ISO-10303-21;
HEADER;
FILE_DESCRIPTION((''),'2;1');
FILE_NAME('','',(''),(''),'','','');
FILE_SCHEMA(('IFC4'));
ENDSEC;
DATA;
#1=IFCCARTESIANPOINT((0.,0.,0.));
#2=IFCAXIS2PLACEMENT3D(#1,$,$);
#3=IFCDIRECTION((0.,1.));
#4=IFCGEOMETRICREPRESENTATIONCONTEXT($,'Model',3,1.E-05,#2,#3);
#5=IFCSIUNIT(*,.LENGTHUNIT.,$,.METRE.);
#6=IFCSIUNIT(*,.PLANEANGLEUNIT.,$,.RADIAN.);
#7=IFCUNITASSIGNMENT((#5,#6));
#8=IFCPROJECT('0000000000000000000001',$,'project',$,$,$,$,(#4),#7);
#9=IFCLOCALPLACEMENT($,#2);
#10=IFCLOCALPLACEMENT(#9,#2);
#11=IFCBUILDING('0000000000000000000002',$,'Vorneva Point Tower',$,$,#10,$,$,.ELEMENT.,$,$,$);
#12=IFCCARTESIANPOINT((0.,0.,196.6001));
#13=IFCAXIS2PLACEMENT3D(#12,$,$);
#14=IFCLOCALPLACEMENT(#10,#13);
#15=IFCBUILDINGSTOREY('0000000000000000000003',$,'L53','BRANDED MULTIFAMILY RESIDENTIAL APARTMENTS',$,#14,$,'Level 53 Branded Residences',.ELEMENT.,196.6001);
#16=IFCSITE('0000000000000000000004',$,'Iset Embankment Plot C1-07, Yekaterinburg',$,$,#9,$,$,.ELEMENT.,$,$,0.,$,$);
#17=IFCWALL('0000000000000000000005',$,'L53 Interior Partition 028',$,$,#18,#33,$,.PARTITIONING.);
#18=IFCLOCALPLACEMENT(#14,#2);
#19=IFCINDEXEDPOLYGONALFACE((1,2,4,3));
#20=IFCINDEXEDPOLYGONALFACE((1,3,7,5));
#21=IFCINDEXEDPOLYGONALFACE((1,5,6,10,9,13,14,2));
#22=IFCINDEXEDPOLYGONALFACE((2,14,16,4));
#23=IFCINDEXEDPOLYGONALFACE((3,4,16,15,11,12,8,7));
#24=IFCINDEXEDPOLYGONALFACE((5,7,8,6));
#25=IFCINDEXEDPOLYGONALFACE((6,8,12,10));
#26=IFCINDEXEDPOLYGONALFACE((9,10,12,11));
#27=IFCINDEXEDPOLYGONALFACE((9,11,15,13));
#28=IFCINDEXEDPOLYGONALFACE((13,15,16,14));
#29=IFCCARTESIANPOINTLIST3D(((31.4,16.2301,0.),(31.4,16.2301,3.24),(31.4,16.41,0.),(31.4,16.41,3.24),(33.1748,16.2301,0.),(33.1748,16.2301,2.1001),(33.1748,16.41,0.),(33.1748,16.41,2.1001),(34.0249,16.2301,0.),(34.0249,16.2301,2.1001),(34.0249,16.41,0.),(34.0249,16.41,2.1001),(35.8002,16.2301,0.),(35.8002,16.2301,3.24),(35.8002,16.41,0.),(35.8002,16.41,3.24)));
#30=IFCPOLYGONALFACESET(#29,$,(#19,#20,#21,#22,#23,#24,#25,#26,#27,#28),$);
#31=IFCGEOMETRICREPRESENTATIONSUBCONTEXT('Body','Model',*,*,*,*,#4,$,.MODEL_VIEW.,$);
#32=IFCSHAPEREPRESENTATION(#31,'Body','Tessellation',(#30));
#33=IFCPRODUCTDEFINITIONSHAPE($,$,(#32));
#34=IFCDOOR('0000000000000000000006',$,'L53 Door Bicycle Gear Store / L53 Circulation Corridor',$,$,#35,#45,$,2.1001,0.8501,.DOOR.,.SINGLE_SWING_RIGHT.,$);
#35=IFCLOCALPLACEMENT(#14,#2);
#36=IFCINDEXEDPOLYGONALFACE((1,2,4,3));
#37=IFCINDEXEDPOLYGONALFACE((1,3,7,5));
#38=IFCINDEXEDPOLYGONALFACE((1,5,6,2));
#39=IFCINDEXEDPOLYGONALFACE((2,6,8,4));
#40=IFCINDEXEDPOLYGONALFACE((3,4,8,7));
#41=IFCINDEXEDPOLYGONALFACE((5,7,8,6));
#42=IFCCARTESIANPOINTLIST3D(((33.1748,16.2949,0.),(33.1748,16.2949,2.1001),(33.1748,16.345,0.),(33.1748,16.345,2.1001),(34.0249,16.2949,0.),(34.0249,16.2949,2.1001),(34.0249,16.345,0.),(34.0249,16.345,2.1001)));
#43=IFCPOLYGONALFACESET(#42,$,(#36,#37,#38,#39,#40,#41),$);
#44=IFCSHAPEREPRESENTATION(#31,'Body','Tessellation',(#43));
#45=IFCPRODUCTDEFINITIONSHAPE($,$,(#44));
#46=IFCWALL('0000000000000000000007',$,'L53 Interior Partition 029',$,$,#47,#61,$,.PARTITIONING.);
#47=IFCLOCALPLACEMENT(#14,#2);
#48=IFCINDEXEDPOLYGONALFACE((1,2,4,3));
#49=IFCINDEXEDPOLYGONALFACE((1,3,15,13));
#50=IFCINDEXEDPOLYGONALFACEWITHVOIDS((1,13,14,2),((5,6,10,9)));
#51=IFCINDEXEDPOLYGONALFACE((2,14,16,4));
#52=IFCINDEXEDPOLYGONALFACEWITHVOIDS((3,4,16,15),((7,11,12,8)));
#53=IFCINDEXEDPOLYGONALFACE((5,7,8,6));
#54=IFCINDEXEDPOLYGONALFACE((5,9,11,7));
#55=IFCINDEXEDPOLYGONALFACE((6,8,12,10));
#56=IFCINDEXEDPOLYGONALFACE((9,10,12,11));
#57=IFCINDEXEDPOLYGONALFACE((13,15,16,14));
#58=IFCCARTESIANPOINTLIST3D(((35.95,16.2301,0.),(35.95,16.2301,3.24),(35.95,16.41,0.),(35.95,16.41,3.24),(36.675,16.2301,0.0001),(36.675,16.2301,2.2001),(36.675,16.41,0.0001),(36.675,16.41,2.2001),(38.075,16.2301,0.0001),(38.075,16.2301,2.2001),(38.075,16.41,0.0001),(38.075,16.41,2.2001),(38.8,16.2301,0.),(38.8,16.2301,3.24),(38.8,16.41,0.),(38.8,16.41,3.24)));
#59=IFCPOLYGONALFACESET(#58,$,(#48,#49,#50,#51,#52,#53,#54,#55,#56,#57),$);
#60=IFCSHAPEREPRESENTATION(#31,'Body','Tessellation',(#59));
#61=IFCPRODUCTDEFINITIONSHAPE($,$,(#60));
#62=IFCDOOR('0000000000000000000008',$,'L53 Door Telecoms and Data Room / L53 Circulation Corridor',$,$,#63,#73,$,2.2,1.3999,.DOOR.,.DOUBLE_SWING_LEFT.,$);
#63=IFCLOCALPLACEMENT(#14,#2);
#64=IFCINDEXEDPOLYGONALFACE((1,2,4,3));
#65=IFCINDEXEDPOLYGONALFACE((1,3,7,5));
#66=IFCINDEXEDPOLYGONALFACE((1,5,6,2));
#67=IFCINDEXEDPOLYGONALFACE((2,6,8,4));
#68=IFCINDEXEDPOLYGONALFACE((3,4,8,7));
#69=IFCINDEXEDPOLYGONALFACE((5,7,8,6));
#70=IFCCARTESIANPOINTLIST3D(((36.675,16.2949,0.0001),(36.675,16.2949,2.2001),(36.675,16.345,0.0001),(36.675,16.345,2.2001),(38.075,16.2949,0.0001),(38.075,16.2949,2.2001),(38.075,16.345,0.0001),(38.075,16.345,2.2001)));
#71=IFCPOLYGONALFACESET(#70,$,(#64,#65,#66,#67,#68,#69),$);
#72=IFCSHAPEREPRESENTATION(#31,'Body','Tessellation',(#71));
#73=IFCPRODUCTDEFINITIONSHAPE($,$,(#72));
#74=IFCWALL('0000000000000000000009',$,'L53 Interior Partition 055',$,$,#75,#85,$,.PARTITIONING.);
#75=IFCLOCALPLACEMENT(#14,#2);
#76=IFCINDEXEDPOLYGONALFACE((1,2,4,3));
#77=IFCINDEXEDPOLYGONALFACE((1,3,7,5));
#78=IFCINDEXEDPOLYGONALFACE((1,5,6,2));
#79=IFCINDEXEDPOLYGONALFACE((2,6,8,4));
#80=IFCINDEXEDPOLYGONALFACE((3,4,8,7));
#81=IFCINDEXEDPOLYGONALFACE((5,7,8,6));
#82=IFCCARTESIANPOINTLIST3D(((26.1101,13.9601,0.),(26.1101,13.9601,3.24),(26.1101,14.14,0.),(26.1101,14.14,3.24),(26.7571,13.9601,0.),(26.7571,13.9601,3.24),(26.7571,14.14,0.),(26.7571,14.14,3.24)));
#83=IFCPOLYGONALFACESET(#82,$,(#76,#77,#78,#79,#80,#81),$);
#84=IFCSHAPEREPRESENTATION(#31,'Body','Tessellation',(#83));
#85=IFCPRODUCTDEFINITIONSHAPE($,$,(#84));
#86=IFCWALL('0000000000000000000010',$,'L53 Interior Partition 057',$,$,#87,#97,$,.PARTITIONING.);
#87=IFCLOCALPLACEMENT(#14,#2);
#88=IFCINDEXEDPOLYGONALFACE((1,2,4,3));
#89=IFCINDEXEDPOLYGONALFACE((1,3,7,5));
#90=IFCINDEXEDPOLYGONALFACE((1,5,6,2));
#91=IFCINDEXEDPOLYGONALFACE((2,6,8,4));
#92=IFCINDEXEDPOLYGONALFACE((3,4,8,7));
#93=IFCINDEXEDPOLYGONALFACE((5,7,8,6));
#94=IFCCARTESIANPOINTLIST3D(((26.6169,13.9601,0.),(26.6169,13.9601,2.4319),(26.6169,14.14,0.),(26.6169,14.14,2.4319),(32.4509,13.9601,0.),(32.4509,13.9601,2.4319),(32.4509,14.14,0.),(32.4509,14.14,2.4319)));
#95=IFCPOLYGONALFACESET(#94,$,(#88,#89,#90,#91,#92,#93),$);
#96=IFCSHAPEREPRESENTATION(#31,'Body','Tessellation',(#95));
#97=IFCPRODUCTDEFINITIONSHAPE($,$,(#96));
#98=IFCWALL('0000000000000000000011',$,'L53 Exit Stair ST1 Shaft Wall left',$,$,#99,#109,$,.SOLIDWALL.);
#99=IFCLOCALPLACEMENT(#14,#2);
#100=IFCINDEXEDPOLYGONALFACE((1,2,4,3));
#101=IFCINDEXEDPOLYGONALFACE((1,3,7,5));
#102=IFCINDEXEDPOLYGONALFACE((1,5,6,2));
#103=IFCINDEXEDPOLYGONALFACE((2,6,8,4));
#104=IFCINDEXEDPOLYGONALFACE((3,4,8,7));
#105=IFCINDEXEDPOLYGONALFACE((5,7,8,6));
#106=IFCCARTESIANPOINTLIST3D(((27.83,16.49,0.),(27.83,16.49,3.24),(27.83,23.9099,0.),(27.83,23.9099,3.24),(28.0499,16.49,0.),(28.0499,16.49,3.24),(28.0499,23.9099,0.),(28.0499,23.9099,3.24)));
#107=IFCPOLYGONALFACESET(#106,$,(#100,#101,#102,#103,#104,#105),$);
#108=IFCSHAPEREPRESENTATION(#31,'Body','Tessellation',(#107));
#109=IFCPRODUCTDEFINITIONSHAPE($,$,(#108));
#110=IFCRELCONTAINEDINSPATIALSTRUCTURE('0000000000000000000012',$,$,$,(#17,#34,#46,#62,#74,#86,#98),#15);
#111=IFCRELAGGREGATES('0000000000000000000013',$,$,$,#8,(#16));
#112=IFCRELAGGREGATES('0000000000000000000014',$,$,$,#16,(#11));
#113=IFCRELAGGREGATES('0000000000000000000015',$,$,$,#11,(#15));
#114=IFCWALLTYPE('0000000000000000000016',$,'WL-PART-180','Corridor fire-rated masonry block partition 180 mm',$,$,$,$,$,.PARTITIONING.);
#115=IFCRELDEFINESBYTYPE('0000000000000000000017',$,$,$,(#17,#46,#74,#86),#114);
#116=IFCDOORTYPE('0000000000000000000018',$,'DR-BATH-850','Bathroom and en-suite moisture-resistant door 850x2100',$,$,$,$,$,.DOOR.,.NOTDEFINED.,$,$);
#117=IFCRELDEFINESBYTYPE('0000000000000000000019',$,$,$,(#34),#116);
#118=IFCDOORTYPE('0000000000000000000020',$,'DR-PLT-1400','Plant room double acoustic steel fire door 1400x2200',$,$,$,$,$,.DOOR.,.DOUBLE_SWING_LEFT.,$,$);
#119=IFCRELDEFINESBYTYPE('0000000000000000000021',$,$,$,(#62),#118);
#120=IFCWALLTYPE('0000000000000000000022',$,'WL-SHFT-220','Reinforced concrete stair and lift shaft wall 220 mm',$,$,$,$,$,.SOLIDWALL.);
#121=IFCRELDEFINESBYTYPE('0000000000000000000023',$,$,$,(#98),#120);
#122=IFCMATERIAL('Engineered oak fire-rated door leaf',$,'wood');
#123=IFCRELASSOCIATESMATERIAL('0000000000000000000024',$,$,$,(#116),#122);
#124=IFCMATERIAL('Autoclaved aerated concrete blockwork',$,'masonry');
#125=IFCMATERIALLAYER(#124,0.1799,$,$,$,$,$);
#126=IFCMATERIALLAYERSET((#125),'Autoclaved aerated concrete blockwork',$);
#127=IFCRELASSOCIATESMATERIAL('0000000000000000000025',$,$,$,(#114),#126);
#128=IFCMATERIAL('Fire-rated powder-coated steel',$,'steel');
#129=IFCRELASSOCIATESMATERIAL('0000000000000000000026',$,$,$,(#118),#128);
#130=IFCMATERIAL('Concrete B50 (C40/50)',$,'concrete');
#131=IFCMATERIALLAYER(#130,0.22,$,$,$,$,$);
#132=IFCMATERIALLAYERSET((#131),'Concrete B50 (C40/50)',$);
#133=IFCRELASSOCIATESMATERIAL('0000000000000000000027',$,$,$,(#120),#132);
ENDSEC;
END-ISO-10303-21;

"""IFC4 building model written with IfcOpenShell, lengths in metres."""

from ifc_helpers import new_model, si_unit, direction, frame, frame_2d, origin, place, context, subcontext, project, spatial, rectangle, extrude, material, layer, layer_set, type_object, element, fill, save


model = new_model("IFC4")

# Units and contexts
model_context = context("Model", 3, precision=1e-05, world=origin(), true_north=direction((0.0, 1.0)))
body_context = subcontext(model_context, "Body", "Model", "MODEL_VIEW")
ifc_project = project(units=[si_unit("LENGTHUNIT", "METRE"), si_unit("PLANEANGLEUNIT", "RADIAN")], contexts=[model_context])

# Site, building, storey
site_placement = place(None, origin())
site = spatial("IfcSite", under=ifc_project, at=site_placement, Name="Iset Embankment Plot C1-07, Yekaterinburg", CompositionType="ELEMENT", RefElevation=0.0)
building_placement = place(site_placement, origin())
building = spatial("IfcBuilding", under=site, at=building_placement, Name="Vorneva Point Tower", CompositionType="ELEMENT")
storey_placement = place(building_placement, frame((0.0, 0.0, 196.6001)))
storey = spatial("IfcBuildingStorey", under=building, at=storey_placement, Name="L53", Description="BRANDED MULTIFAMILY RESIDENTIAL APARTMENTS", LongName="Level 53 Branded Residences", CompositionType="ELEMENT", Elevation=196.6001)

# Shared definitions
ifc_material_1 = material(Name="Concrete B50 (C40/50)", Category="concrete")

# Shared definitions
ifc_material_2 = material(Name="Engineered oak fire-rated door leaf", Category="wood")
door_type_1 = type_object("IfcDoorType", Name="DR-BATH-850", Description="Bathroom and en-suite moisture-resistant door 850x2100", OperationType="NOTDEFINED", PredefinedType="DOOR", material=ifc_material_2)

# Shared definitions
ifc_material_3 = material(Name="Autoclaved aerated concrete blockwork", Category="masonry")
ifc_layer_1 = layer(ifc_material_3, 0.1799)
ifc_layer_set_1 = layer_set([ifc_layer_1], Name="Autoclaved aerated concrete blockwork")
wall_type_1 = type_object("IfcWallType", Name="WL-PART-180", Description="Corridor fire-rated masonry block partition 180 mm", PredefinedType="PARTITIONING", material=ifc_layer_set_1)

# Walls, openings, doors
wall_1_placement = place(storey_placement, frame((31.3999, 16.3201, 0.0), z_axis=(0.0, 0.0, 1.0), x_axis=(1.0, 0.0, 0.0)))
wall_1 = element("IfcWall", 1, at=wall_1_placement, inside=storey, type_object=wall_type_1, Name="L53 Interior Partition 028", PredefinedType="PARTITIONING", context=body_context, shape_type="SweptSolid", body=[
    extrude(rectangle(XDim=4.4001, YDim=0.1799, at=frame_2d((2.2002, 0.0))), origin(), (0.0, 0.0, 1.0), 3.24),
])
opening_1_placement = place(wall_1_placement, frame((1.7749, 0.0, 0.0)))
opening_1 = element("IfcOpeningElement", 2, at=opening_1_placement, cuts=wall_1, PredefinedType="OPENING", context=body_context, shape_type="SweptSolid", body=[
    extrude(rectangle(XDim=0.8501, YDim=2.1001, at=frame_2d((0.425, 1.05))), frame((0.0, 0.105, 0.0), z_axis=(0.0, -1.0, 0.0), x_axis=(1.0, 0.0, 0.0)), (0.0, 0.0, 1.0), 0.2097),
])
door_1_placement = place(opening_1_placement, origin())
door_1 = element("IfcDoor", 3, at=door_1_placement, inside=storey, type_object=door_type_1, Name="L53 Door Bicycle Gear Store / L53 Circulation Corridor", OperationType="SINGLE_SWING_RIGHT", OverallHeight=2.1001, OverallWidth=0.8501, PredefinedType="DOOR", context=body_context, shape_type="SweptSolid", body=[
    extrude(rectangle(XDim=0.8501, YDim=2.1001, at=frame_2d((0.425, 1.05))), frame((0.0, 0.0249, 0.0), z_axis=(0.0, -1.0, 0.0), x_axis=(1.0, 0.0, 0.0)), (0.0, 0.0, 1.0), 0.05),
])
fill(opening_1, door_1)
wall_2_placement = place(storey_placement, frame((35.95, 16.3201, 0.0), z_axis=(0.0, 0.0, 1.0), x_axis=(1.0, 0.0, 0.0)))
wall_2 = element("IfcWall", 4, at=wall_2_placement, inside=storey, type_object=wall_type_1, Name="L53 Interior Partition 029", PredefinedType="PARTITIONING", context=body_context, shape_type="SweptSolid", body=[
    extrude(rectangle(XDim=2.8501, YDim=0.1799, at=frame_2d((1.425, 0.0))), origin(), (0.0, 0.0, 1.0), 3.24),
])
opening_2_placement = place(wall_2_placement, frame((0.7251, 0.0, 0.0)))
opening_2 = element("IfcOpeningElement", 5, at=opening_2_placement, cuts=wall_2, PredefinedType="OPENING", context=body_context, shape_type="SweptSolid", body=[
    extrude(rectangle(XDim=1.3999, YDim=2.2, at=frame_2d((0.7, 1.1001))), frame((0.0, 0.105, 0.0), z_axis=(0.0, -1.0, 0.0), x_axis=(1.0, 0.0, 0.0)), (0.0, 0.0, 1.0), 0.2097),
])
ifc_material_4 = material(Name="Fire-rated powder-coated steel", Category="steel")
door_type_2 = type_object("IfcDoorType", Name="DR-PLT-1400", Description="Plant room double acoustic steel fire door 1400x2200", OperationType="DOUBLE_SWING_LEFT", PredefinedType="DOOR", material=ifc_material_4)
door_2_placement = place(opening_2_placement, origin())
door_2 = element("IfcDoor", 6, at=door_2_placement, inside=storey, type_object=door_type_2, Name="L53 Door Telecoms and Data Room / L53 Circulation Corridor", OperationType="DOUBLE_SWING_LEFT", OverallHeight=2.2, OverallWidth=1.3999, PredefinedType="DOOR", context=body_context, shape_type="SweptSolid", body=[
    extrude(rectangle(XDim=1.3999, YDim=2.2, at=frame_2d((0.7, 1.1001))), frame((0.0, 0.0249, 0.0), z_axis=(0.0, -1.0, 0.0), x_axis=(1.0, 0.0, 0.0)), (0.0, 0.0, 1.0), 0.05),
])
fill(opening_2, door_2)

# Wall
wall_3_placement = place(storey_placement, frame((26.1101, 14.05, 0.0), z_axis=(0.0, 0.0, 1.0), x_axis=(1.0, 0.0, 0.0)))
element("IfcWall", 7, at=wall_3_placement, inside=storey, type_object=wall_type_1, Name="L53 Interior Partition 055", PredefinedType="PARTITIONING", context=body_context, shape_type="SweptSolid", body=[
    extrude(rectangle(XDim=0.647, YDim=0.1799, at=frame_2d((0.3235, 0.0))), origin(), (0.0, 0.0, 1.0), 3.24),
])

# Walls
wall_4_placement = place(storey_placement, frame((26.6169, 14.05, 0.0), z_axis=(0.0, 0.0, 1.0), x_axis=(1.0, 0.0, 0.0)))
element("IfcWall", 8, at=wall_4_placement, inside=storey, type_object=wall_type_1, Name="L53 Interior Partition 057", PredefinedType="PARTITIONING", context=body_context, shape_type="SweptSolid", body=[
    extrude(rectangle(XDim=5.834, YDim=0.1799, at=frame_2d((2.917, 0.0))), origin(), (0.0, 0.0, 1.0), 2.4319),
])
ifc_layer_2 = layer(ifc_material_1, 0.22)
ifc_layer_set_2 = layer_set([ifc_layer_2], Name="Concrete B50 (C40/50)")
wall_type_2 = type_object("IfcWallType", Name="WL-SHFT-220", Description="Reinforced concrete stair and lift shaft wall 220 mm", PredefinedType="SOLIDWALL", material=ifc_layer_set_2)
wall_5_placement = place(storey_placement, frame((27.9399, 16.49, 0.0), z_axis=(0.0, 0.0, 1.0), x_axis=(0.0, 1.0, 0.0)))
element("IfcWall", 9, at=wall_5_placement, inside=storey, type_object=wall_type_2, Name="L53 Exit Stair ST1 Shaft Wall left", PredefinedType="SOLIDWALL", context=body_context, shape_type="SweptSolid", body=[
    extrude(rectangle(XDim=7.4199, YDim=0.22, at=frame_2d((3.71, 0.0))), origin(), (0.0, 0.0, 1.0), 3.24),
])

save(model, "model.ifc")
